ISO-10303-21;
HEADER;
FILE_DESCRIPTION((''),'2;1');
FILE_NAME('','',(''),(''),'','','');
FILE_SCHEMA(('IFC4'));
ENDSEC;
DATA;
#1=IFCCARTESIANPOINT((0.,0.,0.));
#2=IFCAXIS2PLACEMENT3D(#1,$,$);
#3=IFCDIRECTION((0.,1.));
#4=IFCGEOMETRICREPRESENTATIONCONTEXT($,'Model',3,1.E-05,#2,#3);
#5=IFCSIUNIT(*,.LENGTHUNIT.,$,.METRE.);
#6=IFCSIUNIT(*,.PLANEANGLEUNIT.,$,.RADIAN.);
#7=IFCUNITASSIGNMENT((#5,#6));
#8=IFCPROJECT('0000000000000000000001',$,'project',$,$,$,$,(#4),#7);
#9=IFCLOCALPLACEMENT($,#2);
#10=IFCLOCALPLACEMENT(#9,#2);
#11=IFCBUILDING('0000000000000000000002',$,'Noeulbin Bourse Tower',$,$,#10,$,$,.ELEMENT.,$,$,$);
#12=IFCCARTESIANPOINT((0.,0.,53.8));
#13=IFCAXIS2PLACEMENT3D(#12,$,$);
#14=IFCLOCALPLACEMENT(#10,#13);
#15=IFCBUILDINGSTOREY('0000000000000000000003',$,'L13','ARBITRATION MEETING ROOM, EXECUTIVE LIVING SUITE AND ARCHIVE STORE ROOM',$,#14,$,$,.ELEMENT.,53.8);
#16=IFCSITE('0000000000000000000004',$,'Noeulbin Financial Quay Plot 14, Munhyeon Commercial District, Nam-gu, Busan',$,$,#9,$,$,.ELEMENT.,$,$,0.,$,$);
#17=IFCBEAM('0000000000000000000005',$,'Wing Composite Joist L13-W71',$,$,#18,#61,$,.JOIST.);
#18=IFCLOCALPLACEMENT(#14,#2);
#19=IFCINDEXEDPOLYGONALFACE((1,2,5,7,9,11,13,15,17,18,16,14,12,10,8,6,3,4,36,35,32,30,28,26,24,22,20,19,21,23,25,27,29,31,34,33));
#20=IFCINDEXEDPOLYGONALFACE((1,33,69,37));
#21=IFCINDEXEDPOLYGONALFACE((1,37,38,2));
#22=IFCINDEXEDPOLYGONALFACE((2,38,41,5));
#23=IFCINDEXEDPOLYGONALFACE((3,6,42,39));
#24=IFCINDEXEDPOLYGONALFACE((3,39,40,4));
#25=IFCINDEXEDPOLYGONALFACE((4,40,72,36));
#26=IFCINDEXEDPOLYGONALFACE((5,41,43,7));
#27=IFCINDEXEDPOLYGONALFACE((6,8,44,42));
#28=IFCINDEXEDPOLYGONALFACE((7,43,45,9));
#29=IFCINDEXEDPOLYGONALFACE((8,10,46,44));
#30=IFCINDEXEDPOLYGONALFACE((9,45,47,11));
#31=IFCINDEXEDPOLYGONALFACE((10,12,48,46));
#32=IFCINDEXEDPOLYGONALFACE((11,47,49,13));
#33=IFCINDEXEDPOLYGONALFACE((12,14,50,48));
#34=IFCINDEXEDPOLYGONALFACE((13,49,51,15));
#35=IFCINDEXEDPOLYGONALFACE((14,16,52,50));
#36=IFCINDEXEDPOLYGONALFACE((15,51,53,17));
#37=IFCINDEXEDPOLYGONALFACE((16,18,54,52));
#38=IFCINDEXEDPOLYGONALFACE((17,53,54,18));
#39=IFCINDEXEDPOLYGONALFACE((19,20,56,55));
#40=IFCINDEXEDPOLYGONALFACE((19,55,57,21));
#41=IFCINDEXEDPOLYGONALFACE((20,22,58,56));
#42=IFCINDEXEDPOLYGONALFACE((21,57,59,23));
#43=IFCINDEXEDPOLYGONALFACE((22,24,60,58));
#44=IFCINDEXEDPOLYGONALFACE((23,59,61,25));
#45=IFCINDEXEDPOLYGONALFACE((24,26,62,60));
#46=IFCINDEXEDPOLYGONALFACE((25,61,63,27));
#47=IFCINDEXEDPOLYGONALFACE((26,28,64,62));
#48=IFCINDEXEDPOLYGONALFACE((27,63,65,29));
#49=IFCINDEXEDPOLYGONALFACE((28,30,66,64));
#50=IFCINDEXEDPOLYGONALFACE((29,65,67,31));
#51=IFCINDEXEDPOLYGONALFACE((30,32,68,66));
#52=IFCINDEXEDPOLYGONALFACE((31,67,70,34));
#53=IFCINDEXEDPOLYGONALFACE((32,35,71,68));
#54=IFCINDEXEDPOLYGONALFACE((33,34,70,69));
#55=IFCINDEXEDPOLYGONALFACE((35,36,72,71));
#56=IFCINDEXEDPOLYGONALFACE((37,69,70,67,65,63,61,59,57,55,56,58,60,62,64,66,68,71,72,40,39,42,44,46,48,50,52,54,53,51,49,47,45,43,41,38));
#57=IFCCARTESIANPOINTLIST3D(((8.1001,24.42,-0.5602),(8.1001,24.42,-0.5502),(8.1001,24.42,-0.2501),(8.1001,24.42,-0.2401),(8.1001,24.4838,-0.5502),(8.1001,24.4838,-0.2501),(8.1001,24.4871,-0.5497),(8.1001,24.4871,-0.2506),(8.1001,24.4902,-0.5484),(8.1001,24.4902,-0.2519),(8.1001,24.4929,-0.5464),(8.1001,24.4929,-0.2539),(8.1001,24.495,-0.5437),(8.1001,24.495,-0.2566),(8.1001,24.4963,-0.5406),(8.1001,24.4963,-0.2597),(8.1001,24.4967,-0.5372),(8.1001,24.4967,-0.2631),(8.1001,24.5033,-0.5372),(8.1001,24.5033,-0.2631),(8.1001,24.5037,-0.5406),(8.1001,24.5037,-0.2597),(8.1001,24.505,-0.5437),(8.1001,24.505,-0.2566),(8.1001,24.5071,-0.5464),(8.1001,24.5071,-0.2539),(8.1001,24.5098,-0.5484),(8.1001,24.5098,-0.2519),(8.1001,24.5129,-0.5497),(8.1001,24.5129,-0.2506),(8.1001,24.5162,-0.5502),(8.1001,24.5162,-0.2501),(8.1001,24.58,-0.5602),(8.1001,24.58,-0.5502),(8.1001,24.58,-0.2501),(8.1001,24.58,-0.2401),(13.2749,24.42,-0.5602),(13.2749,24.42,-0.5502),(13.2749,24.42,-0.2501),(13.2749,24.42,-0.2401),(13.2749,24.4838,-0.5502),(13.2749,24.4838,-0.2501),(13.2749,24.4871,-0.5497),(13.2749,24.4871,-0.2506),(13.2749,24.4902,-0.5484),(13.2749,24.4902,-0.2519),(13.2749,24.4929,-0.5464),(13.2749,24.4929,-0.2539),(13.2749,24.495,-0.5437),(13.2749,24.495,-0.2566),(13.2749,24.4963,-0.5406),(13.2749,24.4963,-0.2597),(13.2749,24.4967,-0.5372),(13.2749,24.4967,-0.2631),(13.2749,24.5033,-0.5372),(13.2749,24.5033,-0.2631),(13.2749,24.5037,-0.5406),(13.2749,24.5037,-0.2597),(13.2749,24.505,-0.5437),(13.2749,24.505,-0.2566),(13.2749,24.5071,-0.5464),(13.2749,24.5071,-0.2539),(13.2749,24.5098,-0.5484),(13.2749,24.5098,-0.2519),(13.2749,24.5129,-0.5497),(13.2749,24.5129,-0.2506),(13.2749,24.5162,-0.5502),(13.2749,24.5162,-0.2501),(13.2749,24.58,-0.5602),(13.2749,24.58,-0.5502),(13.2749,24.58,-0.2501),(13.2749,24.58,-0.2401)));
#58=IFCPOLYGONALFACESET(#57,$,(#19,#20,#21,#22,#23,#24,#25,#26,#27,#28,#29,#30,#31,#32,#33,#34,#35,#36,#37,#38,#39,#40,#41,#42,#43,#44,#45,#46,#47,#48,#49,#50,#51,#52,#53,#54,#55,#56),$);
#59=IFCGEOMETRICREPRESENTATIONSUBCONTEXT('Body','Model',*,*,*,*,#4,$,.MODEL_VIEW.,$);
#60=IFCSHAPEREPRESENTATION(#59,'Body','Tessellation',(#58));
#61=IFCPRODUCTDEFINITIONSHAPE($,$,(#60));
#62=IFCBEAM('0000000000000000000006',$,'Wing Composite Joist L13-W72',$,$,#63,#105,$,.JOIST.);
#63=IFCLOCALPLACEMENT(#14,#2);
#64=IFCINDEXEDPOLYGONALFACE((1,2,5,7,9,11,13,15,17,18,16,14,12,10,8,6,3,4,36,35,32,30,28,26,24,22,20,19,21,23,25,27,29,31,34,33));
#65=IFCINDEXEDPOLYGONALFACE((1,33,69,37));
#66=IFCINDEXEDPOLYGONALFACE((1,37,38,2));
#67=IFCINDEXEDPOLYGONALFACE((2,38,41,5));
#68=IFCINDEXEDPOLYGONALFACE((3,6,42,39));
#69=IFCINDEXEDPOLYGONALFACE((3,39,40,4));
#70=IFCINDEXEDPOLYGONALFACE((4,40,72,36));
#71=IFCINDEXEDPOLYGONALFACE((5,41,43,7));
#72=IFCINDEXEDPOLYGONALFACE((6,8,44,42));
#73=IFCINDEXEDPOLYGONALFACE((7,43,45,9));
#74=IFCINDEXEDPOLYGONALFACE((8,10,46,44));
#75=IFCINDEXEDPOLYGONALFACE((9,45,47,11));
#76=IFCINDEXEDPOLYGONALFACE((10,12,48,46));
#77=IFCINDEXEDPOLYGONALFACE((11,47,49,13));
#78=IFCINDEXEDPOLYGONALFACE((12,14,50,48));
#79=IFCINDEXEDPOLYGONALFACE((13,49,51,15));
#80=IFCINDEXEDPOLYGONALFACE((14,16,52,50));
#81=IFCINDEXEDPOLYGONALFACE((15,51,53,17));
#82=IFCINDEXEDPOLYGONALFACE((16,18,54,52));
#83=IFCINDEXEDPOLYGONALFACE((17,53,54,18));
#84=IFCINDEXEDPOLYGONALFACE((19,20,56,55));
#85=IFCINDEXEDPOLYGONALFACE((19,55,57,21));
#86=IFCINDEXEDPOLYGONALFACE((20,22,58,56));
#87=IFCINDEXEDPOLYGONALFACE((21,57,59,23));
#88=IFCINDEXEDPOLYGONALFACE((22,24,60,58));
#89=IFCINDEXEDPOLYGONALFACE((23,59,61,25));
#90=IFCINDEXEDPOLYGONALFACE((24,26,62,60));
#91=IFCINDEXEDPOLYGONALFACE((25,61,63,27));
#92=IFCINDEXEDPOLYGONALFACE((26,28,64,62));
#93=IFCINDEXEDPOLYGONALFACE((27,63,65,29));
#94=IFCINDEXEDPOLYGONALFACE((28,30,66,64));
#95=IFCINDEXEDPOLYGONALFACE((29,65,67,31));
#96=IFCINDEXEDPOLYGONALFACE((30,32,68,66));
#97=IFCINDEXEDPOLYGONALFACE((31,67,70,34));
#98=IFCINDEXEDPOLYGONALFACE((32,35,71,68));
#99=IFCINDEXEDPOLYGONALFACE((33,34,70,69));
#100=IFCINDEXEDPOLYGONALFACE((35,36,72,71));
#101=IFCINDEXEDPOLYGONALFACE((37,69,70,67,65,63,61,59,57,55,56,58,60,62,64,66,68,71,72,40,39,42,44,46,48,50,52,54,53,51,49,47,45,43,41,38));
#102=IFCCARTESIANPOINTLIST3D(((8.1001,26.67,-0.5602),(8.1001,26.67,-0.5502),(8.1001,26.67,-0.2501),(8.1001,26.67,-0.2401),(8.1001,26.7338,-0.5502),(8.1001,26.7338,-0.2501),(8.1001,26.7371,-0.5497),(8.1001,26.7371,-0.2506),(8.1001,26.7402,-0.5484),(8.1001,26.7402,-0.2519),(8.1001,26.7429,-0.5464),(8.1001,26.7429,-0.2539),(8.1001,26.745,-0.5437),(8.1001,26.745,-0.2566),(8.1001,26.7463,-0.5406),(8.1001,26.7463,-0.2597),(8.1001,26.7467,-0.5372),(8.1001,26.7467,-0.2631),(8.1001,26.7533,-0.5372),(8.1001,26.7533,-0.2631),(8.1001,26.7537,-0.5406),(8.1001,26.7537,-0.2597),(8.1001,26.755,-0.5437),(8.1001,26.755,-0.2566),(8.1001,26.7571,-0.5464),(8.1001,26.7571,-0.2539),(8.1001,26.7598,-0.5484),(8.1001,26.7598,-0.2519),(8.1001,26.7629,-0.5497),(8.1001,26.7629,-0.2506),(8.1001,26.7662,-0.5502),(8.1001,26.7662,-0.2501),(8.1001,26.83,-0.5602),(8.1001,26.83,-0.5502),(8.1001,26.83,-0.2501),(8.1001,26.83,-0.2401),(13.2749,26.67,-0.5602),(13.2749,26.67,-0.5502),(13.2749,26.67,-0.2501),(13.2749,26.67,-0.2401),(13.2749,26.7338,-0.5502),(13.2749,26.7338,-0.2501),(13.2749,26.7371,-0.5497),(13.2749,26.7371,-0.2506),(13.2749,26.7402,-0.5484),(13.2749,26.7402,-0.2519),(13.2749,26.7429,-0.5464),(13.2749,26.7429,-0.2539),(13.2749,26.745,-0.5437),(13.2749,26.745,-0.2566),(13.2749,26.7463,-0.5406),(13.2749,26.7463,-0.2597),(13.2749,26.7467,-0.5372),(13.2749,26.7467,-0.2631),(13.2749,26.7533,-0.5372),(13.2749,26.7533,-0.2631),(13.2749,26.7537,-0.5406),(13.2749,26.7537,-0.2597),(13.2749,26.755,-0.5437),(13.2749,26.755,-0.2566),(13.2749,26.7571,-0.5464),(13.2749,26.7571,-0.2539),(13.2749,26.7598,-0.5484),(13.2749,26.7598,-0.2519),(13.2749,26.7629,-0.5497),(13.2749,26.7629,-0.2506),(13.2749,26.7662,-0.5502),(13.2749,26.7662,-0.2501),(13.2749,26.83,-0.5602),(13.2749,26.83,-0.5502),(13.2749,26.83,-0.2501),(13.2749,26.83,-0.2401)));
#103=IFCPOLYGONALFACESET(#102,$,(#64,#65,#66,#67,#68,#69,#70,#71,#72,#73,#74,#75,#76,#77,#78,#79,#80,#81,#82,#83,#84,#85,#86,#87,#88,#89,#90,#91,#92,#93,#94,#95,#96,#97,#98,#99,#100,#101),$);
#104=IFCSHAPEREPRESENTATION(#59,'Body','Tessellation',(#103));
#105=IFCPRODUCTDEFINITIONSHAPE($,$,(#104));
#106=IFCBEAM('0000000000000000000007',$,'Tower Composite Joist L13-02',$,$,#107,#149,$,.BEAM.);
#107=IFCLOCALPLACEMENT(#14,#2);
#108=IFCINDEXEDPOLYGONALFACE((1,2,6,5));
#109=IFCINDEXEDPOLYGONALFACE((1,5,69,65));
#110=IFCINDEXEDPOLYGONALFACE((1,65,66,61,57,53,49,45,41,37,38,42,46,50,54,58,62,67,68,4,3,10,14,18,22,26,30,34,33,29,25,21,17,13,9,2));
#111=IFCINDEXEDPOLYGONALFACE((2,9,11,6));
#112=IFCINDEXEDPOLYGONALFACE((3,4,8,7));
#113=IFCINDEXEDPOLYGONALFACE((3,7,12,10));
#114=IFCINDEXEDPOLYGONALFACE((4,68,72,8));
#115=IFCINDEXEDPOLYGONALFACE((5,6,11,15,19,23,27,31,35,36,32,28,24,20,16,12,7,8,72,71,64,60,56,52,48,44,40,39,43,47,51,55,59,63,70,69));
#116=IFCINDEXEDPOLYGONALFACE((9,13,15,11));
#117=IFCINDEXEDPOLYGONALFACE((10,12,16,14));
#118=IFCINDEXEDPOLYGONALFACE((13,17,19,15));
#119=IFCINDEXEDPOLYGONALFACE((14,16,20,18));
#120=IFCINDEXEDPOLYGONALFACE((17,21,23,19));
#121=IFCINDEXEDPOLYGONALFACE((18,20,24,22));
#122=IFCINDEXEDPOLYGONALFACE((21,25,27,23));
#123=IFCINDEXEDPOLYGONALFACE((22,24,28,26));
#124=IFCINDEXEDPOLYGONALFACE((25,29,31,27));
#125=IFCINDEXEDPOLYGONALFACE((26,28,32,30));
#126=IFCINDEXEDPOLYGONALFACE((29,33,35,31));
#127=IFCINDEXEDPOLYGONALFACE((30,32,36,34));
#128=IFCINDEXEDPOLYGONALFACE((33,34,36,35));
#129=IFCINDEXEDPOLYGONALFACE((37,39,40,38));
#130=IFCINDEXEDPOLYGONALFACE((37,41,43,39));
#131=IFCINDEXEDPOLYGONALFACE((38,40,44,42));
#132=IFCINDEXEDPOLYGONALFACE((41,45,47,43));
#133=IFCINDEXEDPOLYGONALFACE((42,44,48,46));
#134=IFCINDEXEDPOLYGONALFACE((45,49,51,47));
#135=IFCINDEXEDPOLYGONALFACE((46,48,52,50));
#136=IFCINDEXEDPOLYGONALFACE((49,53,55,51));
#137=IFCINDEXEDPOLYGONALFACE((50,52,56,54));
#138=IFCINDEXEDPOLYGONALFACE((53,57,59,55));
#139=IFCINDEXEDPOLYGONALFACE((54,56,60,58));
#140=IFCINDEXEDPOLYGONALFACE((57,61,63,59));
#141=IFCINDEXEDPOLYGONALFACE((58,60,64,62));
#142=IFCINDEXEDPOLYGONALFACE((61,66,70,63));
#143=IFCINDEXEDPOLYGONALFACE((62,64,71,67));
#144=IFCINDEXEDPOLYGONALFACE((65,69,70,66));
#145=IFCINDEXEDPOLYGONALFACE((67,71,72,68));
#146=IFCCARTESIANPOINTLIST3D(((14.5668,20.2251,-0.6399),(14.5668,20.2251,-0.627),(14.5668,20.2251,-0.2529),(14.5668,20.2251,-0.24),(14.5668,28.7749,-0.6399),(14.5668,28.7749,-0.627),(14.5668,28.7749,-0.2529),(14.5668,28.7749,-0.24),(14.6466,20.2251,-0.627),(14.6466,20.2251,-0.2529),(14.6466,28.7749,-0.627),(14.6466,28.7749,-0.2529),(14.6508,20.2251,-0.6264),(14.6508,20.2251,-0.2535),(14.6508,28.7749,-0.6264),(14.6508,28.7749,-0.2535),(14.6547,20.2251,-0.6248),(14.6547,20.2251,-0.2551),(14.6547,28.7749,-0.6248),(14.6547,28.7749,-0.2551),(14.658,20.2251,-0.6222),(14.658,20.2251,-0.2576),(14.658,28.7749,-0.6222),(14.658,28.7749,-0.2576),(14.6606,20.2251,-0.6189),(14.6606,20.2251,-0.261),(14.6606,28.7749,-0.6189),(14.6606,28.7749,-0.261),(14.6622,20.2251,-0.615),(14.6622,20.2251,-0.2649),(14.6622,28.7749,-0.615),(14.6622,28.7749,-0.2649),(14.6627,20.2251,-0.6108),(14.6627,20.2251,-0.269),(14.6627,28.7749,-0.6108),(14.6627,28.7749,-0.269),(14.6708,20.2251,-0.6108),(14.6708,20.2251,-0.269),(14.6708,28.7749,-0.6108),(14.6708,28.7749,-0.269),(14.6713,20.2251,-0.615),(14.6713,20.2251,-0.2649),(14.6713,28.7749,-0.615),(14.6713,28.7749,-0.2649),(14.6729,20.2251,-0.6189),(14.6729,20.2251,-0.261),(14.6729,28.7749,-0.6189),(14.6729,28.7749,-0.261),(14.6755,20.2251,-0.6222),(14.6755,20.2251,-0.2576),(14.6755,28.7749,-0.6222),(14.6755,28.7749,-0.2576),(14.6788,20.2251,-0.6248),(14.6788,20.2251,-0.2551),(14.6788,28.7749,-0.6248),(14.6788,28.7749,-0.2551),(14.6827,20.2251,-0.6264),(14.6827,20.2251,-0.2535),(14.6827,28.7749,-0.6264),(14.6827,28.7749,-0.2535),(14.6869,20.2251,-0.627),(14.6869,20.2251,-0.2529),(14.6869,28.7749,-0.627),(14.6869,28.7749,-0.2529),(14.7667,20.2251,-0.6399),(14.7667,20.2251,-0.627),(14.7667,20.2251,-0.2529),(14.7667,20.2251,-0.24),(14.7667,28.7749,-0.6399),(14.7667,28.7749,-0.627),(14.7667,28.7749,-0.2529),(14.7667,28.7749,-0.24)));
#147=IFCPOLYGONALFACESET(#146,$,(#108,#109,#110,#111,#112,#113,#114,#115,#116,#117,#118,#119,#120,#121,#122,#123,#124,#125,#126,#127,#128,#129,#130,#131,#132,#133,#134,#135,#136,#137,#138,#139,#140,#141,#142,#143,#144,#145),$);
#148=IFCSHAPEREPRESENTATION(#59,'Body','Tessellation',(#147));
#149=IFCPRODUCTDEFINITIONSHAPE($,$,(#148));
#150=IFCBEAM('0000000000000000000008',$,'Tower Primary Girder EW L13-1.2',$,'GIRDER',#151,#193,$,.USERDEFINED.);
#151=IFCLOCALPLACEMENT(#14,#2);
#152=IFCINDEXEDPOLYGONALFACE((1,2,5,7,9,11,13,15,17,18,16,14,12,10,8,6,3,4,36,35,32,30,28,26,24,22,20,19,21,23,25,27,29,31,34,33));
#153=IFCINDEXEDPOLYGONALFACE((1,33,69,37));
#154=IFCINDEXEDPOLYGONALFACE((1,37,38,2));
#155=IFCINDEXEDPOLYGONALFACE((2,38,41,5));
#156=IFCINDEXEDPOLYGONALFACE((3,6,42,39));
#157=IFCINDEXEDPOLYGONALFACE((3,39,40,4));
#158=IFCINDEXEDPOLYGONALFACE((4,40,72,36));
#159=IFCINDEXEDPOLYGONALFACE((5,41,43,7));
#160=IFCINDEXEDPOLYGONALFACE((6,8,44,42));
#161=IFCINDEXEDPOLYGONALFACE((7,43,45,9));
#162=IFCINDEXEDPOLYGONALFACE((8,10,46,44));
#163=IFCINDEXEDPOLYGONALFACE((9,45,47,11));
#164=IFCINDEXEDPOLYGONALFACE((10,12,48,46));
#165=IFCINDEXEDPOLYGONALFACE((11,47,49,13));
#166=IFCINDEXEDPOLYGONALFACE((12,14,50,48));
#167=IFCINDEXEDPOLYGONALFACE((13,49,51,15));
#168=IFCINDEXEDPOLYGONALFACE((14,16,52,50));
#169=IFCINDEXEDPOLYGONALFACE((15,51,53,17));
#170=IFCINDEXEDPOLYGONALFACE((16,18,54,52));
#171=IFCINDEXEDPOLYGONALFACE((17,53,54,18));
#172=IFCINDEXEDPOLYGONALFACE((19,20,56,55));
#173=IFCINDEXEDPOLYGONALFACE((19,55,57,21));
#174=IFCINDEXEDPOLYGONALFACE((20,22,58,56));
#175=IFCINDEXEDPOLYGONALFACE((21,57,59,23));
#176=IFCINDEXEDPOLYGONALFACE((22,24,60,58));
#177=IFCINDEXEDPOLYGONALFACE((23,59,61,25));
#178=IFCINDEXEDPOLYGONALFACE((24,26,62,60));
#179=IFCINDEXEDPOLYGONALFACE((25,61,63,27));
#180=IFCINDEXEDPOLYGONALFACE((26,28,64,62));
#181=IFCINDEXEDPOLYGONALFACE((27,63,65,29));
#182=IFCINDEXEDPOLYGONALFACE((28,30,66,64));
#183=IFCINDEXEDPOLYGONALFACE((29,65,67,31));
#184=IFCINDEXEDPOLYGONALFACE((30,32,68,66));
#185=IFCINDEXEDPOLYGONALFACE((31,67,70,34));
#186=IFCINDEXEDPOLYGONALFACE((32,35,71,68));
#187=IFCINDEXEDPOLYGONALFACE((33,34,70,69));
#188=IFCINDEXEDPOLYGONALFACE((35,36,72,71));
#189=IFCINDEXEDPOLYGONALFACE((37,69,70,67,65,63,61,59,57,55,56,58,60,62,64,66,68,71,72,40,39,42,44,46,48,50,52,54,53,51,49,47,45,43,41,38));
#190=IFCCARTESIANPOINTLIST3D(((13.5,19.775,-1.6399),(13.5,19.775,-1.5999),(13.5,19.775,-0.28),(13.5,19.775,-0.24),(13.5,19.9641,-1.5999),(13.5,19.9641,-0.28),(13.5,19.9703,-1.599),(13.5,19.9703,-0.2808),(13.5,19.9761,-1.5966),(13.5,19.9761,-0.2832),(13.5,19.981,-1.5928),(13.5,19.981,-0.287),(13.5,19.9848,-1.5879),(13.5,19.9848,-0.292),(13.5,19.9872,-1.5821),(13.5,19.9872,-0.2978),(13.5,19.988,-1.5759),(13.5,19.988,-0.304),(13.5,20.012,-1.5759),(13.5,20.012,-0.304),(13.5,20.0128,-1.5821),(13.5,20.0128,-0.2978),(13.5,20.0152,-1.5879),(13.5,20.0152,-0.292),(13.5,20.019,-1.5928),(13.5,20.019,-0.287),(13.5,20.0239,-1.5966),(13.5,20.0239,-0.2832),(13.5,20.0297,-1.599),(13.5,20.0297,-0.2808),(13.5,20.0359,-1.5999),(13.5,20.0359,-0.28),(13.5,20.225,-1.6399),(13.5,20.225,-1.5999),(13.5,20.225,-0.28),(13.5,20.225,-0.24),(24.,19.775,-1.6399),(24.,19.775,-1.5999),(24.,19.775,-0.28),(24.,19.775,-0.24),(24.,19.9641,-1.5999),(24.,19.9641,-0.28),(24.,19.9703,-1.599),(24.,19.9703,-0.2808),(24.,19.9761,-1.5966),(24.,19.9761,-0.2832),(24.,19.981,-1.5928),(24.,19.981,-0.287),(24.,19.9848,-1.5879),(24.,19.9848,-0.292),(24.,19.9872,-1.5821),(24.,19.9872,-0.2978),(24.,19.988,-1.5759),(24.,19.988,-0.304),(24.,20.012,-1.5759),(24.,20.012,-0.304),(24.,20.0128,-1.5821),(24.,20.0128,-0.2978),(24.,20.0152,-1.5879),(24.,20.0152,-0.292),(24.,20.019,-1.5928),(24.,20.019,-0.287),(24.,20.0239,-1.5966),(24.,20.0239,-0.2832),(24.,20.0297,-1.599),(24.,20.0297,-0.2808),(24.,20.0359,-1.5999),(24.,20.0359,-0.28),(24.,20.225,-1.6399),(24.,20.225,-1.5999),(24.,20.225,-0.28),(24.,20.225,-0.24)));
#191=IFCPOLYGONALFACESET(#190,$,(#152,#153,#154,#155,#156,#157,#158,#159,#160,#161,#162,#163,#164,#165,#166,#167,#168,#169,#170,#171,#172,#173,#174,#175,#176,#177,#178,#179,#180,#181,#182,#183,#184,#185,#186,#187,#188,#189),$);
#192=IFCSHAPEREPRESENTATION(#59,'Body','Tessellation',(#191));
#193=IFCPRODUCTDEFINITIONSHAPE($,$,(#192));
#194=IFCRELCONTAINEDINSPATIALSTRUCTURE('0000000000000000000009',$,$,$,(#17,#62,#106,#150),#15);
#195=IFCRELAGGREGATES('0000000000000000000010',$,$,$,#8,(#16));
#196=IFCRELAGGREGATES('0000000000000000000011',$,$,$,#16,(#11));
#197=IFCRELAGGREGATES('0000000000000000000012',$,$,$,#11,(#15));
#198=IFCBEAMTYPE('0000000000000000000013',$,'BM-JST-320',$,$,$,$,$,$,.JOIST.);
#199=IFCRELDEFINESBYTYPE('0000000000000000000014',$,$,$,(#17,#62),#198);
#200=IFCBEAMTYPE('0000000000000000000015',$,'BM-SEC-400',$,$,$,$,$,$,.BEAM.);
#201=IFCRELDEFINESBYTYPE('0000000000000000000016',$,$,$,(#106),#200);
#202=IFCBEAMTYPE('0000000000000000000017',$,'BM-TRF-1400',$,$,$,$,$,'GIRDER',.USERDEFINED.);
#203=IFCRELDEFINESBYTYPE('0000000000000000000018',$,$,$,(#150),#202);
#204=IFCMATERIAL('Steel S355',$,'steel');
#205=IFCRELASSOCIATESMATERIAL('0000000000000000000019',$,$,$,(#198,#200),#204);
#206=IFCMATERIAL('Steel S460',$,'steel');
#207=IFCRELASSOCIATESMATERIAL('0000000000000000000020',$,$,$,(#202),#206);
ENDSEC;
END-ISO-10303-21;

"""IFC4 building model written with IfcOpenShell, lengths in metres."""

from ifc_helpers import new_model, si_unit, direction, frame, origin, origin_2d, place, context, subcontext, project, spatial, i_section, extrude, material, material_profile, profile_set, type_object, element, save


model = new_model("IFC4")

# Units and contexts
model_context = context("Model", 3, precision=1e-05, world=origin(), true_north=direction((0.0, 1.0)))
body_context = subcontext(model_context, "Body", "Model", "MODEL_VIEW")
ifc_project = project(units=[si_unit("LENGTHUNIT", "METRE"), si_unit("PLANEANGLEUNIT", "RADIAN")], contexts=[model_context])

# Site, building, storey
site_placement = place(None, origin())
site = spatial("IfcSite", under=ifc_project, at=site_placement, Name="Noeulbin Financial Quay Plot 14, Munhyeon Commercial District, Nam-gu, Busan", CompositionType="ELEMENT", RefElevation=0.0)
building_placement = place(site_placement, origin())
building = spatial("IfcBuilding", under=site, at=building_placement, Name="Noeulbin Bourse Tower", CompositionType="ELEMENT")
storey_placement = place(building_placement, frame((0.0, 0.0, 53.8)))
storey = spatial("IfcBuildingStorey", under=building, at=storey_placement, Name="L13", Description="ARBITRATION MEETING ROOM, EXECUTIVE LIVING SUITE AND ARCHIVE STORE ROOM", CompositionType="ELEMENT", Elevation=53.8)

# Shared definitions
ifc_material_1 = material(Name="Steel S460", Category="steel")

# Beams
ifc_material_2 = material(Name="Steel S355", Category="steel")
ifc_material_profile_1 = material_profile(ifc_material_2, i_section(OverallWidth=0.1599, OverallDepth=0.3201, WebThickness=0.0066, FlangeThickness=0.01, FilletRadius=0.0129, at=origin_2d()), Name="H-320x160x6.5x10", Category="LoadBearing")
ifc_profile_set_1 = profile_set([ifc_material_profile_1], Name="Steel S355")
beam_type_1 = type_object("IfcBeamType", Name="BM-JST-320", PredefinedType="JOIST", material=ifc_profile_set_1)
for number, where, z_axis, x_axis, name in (
    (1, (8.1001, 24.5, -0.4001), (1.0, 0.0, 0.0), (0.0, 1.0, 0.0), "Wing Composite Joist L13-W71"),
    (2, (8.1001, 26.75, -0.4001), (1.0, 0.0, 0.0), (0.0, 1.0, 0.0), "Wing Composite Joist L13-W72"),
):
    element("IfcBeam", number, at=place(storey_placement, frame(where, z_axis=z_axis, x_axis=x_axis)), inside=storey, type_object=beam_type_1, Name=name, PredefinedType="JOIST", context=body_context, shape_type="SweptSolid", body=[
        extrude(i_section(OverallWidth=0.1599, OverallDepth=0.3201, WebThickness=0.0066, FlangeThickness=0.01, FilletRadius=0.0129, at=origin_2d()), origin(), (0.0, 0.0, 1.0), 5.1748),
    ])
ifc_material_profile_2 = material_profile(ifc_material_2, i_section(OverallWidth=0.2, OverallDepth=0.3999, WebThickness=0.0081, FlangeThickness=0.0129, FilletRadius=0.0161, at=origin_2d()), Name="H-400x200x8x13", Category="LoadBearing")
ifc_profile_set_2 = profile_set([ifc_material_profile_2], Name="Steel S355")
beam_type_2 = type_object("IfcBeamType", Name="BM-SEC-400", PredefinedType="BEAM", material=ifc_profile_set_2)
beam_1_placement = place(storey_placement, frame((14.6667, 20.2251, -0.4399), z_axis=(0.0, 1.0, 0.0), x_axis=(-1.0, 0.0, 0.0)))
element("IfcBeam", 3, at=beam_1_placement, inside=storey, type_object=beam_type_2, Name="Tower Composite Joist L13-02", PredefinedType="BEAM", context=body_context, shape_type="SweptSolid", body=[
    extrude(i_section(OverallWidth=0.2, OverallDepth=0.3999, WebThickness=0.0081, FlangeThickness=0.0129, FilletRadius=0.0161, at=origin_2d()), origin(), (0.0, 0.0, 1.0), 8.5498),
])
ifc_material_profile_3 = material_profile(ifc_material_1, i_section(OverallWidth=0.45, OverallDepth=1.3999, WebThickness=0.0239, FlangeThickness=0.04, FilletRadius=0.0239, at=origin_2d()), Name="PG-1400x450x24x40", Category="LoadBearing")
ifc_profile_set_3 = profile_set([ifc_material_profile_3], Name="Steel S460")
beam_type_3 = type_object("IfcBeamType", Name="BM-TRF-1400", ElementType="GIRDER", PredefinedType="USERDEFINED", material=ifc_profile_set_3)
beam_2_placement = place(storey_placement, frame((13.5, 20.0, -0.9399), z_axis=(1.0, 0.0, 0.0), x_axis=(0.0, 1.0, 0.0)))
element("IfcBeam", 4, at=beam_2_placement, inside=storey, type_object=beam_type_3, Name="Tower Primary Girder EW L13-1.2", ObjectType="GIRDER", PredefinedType="USERDEFINED", context=body_context, shape_type="SweptSolid", body=[
    extrude(i_section(OverallWidth=0.45, OverallDepth=1.3999, WebThickness=0.0239, FlangeThickness=0.04, FilletRadius=0.0239, at=origin_2d()), origin(), (0.0, 0.0, 1.0), 10.5),
])

save(model, "model.ifc")
